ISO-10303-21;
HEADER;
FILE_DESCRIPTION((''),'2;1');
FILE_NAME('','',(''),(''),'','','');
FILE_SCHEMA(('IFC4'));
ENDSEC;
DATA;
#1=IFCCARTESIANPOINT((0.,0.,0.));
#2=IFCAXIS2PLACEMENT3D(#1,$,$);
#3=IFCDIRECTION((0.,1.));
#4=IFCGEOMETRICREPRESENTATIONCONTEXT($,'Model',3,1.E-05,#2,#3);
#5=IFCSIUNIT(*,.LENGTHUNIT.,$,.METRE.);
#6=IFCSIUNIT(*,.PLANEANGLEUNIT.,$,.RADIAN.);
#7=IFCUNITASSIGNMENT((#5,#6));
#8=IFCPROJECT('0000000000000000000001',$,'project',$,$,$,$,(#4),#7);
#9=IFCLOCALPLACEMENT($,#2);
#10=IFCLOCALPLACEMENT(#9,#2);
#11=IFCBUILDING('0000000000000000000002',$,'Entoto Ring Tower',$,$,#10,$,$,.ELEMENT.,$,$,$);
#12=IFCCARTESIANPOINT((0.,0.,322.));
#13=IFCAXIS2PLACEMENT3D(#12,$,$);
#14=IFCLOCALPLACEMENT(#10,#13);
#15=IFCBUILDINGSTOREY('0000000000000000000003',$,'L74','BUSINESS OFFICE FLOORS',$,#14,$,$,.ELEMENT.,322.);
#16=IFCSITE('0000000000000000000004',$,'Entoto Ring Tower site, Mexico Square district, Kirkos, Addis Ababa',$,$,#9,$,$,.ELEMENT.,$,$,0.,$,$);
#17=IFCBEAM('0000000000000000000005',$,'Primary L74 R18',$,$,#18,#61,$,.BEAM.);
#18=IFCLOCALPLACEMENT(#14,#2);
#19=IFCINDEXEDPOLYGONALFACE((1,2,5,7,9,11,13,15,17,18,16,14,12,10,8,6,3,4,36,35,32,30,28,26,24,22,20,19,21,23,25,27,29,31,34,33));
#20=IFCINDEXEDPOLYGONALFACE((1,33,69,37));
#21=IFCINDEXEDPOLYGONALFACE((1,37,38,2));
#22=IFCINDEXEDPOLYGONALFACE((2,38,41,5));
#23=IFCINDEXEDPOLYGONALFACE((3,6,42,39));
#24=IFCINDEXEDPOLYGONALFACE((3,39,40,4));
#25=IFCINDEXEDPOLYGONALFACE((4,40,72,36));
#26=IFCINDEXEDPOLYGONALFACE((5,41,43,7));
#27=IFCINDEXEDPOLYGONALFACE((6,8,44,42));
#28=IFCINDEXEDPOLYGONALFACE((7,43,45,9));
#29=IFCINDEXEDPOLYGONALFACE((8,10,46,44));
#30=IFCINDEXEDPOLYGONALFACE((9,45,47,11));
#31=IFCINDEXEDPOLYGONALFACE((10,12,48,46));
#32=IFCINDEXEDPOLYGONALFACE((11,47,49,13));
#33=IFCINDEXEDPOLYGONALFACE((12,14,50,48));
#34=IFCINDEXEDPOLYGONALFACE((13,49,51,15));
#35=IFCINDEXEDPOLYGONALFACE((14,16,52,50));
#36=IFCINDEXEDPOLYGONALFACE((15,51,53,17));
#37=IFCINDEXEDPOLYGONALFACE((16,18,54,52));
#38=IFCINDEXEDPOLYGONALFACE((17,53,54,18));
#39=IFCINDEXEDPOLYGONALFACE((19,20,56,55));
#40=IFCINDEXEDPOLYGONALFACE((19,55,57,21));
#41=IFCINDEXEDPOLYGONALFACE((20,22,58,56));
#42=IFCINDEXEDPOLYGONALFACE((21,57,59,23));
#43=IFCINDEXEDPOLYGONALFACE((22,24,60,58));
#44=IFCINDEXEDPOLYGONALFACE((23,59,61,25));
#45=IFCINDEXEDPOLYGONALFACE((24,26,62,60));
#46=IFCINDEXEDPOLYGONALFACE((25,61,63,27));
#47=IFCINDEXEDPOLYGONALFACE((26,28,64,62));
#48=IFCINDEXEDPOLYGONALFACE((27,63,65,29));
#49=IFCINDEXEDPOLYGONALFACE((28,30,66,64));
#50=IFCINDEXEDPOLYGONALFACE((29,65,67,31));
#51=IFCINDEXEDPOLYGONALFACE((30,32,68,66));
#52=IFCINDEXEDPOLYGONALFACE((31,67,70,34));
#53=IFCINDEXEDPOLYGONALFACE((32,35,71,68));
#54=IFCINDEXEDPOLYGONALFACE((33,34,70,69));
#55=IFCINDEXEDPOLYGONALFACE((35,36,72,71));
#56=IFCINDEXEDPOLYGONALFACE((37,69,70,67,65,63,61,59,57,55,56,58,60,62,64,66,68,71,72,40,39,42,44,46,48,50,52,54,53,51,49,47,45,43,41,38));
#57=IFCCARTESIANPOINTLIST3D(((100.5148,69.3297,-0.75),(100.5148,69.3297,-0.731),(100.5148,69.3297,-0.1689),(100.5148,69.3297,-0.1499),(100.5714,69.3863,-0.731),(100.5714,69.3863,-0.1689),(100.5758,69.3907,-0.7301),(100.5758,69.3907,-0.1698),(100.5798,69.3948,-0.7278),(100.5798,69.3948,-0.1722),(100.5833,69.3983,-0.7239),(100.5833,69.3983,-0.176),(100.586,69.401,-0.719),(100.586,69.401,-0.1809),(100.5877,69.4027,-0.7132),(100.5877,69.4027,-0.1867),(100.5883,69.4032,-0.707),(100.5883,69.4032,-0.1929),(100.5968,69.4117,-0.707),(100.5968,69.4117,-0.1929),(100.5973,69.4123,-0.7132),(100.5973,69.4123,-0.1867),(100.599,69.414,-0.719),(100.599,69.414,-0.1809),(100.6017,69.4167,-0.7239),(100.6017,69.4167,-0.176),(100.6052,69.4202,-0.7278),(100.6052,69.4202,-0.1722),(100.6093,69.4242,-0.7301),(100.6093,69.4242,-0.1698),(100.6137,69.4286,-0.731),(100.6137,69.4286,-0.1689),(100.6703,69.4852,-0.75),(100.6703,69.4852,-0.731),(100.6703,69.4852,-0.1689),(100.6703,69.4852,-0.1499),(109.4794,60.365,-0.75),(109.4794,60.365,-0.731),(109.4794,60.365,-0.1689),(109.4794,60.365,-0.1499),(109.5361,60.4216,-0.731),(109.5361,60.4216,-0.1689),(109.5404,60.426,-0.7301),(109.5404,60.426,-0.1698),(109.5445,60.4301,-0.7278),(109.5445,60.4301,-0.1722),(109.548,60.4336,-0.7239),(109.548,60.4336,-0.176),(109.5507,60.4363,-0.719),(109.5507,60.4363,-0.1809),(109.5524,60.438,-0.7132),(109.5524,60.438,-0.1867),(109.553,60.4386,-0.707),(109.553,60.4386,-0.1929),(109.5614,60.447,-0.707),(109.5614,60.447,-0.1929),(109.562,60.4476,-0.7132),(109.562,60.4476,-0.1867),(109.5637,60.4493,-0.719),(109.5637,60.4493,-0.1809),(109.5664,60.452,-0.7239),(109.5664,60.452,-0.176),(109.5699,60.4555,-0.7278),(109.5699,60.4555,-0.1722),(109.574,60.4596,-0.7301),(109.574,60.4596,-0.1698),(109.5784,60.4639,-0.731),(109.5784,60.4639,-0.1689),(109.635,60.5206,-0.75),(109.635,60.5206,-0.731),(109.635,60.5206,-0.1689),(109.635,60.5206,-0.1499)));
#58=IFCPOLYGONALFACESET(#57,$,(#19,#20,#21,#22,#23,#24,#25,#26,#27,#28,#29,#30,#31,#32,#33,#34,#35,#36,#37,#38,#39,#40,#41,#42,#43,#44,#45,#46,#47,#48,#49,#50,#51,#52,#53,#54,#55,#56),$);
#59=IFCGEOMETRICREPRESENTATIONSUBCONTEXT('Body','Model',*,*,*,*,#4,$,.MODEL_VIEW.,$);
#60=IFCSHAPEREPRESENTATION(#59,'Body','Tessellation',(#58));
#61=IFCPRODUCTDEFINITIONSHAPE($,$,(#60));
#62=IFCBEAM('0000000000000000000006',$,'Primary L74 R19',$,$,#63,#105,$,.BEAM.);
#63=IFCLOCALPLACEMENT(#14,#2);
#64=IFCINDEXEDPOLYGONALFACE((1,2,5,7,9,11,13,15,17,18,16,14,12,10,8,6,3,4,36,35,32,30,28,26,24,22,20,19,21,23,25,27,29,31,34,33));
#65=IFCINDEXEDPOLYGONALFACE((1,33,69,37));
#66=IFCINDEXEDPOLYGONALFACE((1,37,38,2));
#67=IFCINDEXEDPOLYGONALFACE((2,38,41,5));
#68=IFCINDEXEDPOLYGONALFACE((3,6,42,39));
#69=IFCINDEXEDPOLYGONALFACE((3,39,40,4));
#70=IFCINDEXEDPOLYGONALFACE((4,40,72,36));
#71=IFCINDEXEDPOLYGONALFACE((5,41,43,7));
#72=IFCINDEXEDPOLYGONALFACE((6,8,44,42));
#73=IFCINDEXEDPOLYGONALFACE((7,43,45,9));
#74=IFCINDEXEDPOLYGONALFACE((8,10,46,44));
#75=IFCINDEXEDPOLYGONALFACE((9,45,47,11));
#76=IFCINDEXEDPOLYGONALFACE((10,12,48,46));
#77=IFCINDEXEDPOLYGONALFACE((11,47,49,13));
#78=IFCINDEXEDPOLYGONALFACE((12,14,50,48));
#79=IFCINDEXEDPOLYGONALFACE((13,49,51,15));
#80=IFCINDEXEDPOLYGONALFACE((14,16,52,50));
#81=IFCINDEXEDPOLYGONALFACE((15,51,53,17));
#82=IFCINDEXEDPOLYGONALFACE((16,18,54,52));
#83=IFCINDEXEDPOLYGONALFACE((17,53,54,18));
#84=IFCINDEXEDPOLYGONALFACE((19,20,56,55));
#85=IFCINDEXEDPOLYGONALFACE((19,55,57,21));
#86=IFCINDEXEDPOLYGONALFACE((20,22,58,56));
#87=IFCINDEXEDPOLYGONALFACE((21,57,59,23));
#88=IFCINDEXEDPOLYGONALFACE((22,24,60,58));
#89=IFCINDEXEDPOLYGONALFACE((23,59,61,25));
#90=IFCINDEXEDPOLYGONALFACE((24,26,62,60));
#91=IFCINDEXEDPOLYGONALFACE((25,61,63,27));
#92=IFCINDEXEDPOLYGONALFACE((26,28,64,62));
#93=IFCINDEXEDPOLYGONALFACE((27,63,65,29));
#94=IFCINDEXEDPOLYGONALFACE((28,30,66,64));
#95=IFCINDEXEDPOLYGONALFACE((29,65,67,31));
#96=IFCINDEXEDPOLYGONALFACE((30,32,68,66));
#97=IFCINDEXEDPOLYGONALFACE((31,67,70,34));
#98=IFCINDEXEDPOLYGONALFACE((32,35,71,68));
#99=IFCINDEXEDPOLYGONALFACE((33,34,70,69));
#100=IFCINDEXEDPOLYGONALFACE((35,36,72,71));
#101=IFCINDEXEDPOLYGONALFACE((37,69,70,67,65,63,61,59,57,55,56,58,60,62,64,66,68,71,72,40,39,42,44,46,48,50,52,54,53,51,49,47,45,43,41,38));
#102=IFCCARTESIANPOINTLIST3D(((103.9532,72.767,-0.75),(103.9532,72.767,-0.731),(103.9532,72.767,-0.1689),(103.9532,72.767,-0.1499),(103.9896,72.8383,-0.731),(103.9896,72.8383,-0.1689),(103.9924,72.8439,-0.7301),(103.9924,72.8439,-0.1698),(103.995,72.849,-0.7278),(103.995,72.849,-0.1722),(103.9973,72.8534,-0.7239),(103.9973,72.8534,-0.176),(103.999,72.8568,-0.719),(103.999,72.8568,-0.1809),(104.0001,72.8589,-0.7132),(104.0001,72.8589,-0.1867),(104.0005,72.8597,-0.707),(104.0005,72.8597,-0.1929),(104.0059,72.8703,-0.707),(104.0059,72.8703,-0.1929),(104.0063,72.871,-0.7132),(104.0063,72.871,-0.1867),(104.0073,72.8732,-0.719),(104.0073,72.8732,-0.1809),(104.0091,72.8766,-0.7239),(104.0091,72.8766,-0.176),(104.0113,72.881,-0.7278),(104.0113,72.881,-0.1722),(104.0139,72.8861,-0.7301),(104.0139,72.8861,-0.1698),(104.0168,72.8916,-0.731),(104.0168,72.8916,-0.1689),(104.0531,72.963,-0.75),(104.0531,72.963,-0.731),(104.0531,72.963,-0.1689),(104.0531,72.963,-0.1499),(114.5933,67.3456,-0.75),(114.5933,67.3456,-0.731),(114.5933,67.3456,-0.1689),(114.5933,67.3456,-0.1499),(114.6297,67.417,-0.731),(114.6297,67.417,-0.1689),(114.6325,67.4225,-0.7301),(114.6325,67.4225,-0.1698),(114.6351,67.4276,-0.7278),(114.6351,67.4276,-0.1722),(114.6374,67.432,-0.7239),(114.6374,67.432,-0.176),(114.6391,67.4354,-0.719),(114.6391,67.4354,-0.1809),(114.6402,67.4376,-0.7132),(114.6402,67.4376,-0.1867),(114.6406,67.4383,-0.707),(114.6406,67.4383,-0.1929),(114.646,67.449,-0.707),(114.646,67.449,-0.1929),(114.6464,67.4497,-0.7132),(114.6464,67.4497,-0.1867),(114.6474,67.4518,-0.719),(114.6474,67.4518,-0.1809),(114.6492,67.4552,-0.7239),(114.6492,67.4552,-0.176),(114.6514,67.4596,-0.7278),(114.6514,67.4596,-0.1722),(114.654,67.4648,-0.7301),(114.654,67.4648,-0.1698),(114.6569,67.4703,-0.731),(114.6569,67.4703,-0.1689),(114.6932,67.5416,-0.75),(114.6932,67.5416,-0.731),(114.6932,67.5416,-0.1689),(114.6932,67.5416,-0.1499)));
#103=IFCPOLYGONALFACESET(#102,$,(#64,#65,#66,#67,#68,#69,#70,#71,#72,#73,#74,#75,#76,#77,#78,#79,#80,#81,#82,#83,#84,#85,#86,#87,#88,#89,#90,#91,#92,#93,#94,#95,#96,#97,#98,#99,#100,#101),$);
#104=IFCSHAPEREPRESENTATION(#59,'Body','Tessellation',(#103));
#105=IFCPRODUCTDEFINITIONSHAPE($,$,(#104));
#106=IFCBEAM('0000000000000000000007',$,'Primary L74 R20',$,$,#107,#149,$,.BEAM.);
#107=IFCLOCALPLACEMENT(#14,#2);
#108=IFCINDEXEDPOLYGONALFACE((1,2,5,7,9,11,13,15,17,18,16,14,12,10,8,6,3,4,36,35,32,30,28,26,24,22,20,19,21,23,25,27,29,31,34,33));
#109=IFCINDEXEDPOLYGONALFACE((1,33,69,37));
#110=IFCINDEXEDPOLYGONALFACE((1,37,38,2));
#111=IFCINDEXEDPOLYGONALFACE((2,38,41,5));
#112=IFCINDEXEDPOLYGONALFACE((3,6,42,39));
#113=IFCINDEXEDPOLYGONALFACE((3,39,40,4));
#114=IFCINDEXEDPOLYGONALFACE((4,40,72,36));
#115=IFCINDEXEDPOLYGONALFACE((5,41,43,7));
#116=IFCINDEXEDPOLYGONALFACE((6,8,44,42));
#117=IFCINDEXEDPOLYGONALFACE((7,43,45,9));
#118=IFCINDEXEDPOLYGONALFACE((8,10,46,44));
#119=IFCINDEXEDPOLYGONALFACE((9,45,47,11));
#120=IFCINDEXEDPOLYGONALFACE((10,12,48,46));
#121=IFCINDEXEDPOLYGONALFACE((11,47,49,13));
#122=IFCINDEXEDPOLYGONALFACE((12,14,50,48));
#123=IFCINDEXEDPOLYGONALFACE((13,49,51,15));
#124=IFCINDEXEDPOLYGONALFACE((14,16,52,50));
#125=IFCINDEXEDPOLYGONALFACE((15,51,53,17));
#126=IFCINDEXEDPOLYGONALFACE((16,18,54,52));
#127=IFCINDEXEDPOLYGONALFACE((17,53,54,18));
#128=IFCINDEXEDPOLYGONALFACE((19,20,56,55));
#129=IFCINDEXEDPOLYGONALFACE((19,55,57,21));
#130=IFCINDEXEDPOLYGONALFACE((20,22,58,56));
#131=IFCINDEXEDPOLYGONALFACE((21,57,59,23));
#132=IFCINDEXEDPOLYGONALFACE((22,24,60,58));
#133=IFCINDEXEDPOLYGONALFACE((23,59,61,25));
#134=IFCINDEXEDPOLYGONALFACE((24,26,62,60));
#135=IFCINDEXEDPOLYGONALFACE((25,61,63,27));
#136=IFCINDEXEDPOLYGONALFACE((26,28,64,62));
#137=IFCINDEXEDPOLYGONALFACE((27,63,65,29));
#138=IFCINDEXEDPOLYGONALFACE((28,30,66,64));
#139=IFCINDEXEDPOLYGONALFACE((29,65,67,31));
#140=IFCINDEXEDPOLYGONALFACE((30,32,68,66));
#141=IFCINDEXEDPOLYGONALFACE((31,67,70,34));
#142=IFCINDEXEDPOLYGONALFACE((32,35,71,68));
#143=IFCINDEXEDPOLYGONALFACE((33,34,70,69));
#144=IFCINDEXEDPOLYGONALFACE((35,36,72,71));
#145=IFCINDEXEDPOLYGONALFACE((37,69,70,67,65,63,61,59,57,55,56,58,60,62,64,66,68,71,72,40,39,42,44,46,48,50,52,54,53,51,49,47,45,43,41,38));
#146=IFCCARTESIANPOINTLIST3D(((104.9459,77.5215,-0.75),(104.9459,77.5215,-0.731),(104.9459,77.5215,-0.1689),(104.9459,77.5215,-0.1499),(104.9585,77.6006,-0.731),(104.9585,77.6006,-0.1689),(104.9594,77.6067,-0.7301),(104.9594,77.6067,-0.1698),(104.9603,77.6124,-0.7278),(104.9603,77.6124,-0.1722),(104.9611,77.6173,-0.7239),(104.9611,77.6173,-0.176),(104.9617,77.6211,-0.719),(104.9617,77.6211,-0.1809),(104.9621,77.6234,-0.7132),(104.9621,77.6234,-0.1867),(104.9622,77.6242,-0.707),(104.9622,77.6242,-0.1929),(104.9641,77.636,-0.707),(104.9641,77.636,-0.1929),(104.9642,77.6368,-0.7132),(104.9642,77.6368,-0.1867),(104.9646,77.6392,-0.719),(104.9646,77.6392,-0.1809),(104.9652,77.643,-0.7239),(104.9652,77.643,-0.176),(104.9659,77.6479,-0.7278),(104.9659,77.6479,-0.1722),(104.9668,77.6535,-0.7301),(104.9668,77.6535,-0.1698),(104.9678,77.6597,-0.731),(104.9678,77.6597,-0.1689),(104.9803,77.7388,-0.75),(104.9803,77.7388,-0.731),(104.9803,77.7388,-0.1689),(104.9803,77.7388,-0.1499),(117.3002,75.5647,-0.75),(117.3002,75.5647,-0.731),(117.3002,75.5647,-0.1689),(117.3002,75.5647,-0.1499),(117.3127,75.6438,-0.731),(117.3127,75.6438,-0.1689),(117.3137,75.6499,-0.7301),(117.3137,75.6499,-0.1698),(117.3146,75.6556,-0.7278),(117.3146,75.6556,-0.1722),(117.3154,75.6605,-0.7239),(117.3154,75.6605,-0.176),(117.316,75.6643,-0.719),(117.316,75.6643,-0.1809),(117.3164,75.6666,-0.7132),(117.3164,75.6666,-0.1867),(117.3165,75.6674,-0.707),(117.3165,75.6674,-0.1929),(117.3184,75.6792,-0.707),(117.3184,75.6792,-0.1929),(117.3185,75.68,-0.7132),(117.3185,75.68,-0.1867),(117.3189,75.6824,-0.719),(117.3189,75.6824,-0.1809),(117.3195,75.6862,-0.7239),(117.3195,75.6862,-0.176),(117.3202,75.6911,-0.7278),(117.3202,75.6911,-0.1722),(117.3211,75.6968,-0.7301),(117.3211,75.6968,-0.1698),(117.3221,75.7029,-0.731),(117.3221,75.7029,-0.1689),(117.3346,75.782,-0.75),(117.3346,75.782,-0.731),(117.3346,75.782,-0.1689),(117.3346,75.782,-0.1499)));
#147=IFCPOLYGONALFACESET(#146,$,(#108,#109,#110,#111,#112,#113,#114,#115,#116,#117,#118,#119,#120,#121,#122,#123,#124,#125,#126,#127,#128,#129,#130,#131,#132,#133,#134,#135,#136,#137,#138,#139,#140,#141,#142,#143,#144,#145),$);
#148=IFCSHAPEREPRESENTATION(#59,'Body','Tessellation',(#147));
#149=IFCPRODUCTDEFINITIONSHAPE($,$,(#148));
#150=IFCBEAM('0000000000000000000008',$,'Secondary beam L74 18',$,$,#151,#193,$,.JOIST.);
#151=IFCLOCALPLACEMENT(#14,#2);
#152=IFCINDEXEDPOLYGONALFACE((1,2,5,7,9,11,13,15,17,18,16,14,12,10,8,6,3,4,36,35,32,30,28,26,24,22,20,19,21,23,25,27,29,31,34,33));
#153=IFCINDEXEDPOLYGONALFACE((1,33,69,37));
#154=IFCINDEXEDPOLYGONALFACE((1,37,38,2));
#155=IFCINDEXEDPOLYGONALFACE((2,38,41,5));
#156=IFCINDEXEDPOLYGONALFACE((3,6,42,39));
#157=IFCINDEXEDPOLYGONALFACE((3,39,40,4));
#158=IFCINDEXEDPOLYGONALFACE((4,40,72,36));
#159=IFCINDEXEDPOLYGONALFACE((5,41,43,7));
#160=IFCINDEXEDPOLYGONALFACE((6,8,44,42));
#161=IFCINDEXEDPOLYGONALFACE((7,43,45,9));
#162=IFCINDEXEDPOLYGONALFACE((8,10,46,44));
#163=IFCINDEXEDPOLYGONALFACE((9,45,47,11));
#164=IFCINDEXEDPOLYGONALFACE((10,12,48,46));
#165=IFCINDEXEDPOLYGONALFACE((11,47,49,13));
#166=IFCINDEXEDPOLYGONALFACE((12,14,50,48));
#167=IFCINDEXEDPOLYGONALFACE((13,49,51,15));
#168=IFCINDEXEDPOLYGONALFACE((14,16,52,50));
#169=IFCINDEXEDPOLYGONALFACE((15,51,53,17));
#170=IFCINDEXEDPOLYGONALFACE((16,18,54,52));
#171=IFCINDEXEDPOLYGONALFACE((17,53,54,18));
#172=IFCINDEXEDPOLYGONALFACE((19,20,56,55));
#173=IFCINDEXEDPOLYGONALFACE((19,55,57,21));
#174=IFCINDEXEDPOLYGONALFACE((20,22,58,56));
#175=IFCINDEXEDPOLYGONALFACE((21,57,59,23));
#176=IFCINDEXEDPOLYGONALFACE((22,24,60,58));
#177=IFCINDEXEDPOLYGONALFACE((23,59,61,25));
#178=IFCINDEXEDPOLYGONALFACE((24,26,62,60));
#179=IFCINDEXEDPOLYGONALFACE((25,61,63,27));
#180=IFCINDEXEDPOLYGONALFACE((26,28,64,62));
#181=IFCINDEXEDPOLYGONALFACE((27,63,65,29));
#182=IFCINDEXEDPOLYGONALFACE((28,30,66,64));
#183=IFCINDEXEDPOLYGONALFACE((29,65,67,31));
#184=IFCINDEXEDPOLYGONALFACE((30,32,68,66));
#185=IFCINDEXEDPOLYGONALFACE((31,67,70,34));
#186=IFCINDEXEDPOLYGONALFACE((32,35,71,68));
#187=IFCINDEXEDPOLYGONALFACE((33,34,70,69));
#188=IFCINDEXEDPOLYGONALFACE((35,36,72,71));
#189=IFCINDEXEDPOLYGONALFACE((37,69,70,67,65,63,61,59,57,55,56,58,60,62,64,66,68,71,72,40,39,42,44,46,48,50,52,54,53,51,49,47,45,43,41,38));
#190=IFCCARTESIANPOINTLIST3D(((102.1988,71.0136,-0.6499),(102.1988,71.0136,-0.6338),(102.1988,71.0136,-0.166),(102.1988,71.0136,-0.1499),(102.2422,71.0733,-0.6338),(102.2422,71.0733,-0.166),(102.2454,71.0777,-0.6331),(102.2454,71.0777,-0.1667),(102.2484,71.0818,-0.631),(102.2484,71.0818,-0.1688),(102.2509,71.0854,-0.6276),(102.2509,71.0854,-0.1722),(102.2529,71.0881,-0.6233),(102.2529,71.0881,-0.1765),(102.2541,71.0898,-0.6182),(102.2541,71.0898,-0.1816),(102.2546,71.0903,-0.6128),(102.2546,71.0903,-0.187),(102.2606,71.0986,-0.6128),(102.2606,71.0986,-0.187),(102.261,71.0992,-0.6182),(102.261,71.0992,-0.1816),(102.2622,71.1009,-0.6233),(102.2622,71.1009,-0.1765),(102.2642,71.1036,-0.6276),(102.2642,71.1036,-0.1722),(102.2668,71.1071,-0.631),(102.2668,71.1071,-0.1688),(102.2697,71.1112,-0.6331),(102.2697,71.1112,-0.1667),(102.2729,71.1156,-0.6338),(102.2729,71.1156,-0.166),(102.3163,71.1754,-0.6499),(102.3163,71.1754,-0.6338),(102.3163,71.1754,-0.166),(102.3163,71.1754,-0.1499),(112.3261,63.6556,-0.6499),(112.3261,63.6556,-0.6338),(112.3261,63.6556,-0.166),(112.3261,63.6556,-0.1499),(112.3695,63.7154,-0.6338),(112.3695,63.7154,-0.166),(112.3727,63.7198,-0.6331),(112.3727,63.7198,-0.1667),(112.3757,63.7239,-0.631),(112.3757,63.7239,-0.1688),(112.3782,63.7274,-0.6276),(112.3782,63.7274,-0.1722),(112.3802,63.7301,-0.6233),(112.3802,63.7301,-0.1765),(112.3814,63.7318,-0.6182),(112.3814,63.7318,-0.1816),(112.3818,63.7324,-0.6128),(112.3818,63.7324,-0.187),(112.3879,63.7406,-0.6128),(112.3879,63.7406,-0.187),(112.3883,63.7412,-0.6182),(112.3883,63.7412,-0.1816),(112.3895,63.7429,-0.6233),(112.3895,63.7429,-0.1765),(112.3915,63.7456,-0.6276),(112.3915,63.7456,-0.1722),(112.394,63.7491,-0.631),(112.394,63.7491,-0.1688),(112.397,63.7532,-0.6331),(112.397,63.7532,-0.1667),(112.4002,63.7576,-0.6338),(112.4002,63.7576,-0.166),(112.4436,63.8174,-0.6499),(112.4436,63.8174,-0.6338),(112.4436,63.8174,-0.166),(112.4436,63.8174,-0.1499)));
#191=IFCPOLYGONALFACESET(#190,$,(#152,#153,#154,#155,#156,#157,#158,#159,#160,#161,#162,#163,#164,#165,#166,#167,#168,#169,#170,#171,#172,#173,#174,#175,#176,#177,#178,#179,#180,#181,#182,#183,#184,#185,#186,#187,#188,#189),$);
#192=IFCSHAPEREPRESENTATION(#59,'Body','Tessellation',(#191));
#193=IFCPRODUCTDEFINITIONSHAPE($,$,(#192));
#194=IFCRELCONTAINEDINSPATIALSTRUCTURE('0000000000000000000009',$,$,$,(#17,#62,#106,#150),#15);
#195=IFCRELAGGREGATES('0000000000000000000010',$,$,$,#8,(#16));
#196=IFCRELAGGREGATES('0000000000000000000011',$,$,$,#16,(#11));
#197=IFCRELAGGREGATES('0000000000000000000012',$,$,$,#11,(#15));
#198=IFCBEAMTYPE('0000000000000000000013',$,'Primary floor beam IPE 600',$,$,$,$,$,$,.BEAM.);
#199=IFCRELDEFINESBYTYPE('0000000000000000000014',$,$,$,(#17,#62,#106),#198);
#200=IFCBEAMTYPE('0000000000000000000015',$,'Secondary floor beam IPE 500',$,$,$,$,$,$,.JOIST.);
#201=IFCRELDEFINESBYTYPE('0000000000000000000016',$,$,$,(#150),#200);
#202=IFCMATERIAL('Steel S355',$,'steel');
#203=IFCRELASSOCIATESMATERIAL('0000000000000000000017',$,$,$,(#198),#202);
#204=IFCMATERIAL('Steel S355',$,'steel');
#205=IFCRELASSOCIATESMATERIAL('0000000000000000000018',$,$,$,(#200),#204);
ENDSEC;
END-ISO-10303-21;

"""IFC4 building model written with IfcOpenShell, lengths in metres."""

from ifc_helpers import new_model, si_unit, direction, frame, origin, origin_2d, place, context, subcontext, project, spatial, i_section, extrude, material, material_profile, profile_set, type_object, element, save


model = new_model("IFC4")

# Units and contexts
model_context = context("Model", 3, precision=1e-05, world=origin(), true_north=direction((0.0, 1.0)))
body_context = subcontext(model_context, "Body", "Model", "MODEL_VIEW")
ifc_project = project(units=[si_unit("LENGTHUNIT", "METRE"), si_unit("PLANEANGLEUNIT", "RADIAN")], contexts=[model_context])

# Site, building, storey
site_placement = place(None, origin())
site = spatial("IfcSite", under=ifc_project, at=site_placement, Name="Entoto Ring Tower site, Mexico Square district, Kirkos, Addis Ababa", CompositionType="ELEMENT", RefElevation=0.0)
building_placement = place(site_placement, origin())
building = spatial("IfcBuilding", under=site, at=building_placement, Name="Entoto Ring Tower", CompositionType="ELEMENT")
storey_placement = place(building_placement, frame((0.0, 0.0, 322.0)))
storey = spatial("IfcBuildingStorey", under=building, at=storey_placement, Name="L74", Description="BUSINESS OFFICE FLOORS", CompositionType="ELEMENT", Elevation=322.0)

# Beams
ifc_material_1 = material(Name="Steel S355", Category="steel")
ifc_material_profile_1 = material_profile(ifc_material_1, i_section(OverallWidth=0.22, OverallDepth=0.6001, WebThickness=0.012, FlangeThickness=0.019, FilletRadius=0.0239, at=origin_2d()), Name="IPE 600")
ifc_profile_set_1 = profile_set([ifc_material_profile_1], Name="Steel S355")
beam_type_1 = type_object("IfcBeamType", Name="Primary floor beam IPE 600", PredefinedType="BEAM", material=ifc_profile_set_1)
beam_1_placement = place(storey_placement, frame((100.5925, 69.4075, -0.45), z_axis=(0.707107, -0.707107, 0.0), x_axis=(0.707107, 0.707107, 0.0)))
element("IfcBeam", 1, at=beam_1_placement, inside=storey, type_object=beam_type_1, Name="Primary L74 R18", PredefinedType="BEAM", context=body_context, shape_type="SweptSolid", body=[
    extrude(i_section(OverallWidth=0.22, OverallDepth=0.6001, WebThickness=0.012, FlangeThickness=0.019, FilletRadius=0.0239, at=origin_2d()), origin(), (0.0, 0.0, 1.0), 12.678),
])
beam_2_placement = place(storey_placement, frame((104.0032, 72.865, -0.45), z_axis=(0.891008, -0.453988, 0.0), x_axis=(0.453988, 0.891008, 0.0)))
element("IfcBeam", 2, at=beam_2_placement, inside=storey, type_object=beam_type_1, Name="Primary L74 R19", PredefinedType="BEAM", context=body_context, shape_type="SweptSolid", body=[
    extrude(i_section(OverallWidth=0.22, OverallDepth=0.6001, WebThickness=0.012, FlangeThickness=0.019, FilletRadius=0.0239, at=origin_2d()), origin(), (0.0, 0.0, 1.0), 11.9417),
])
beam_3_placement = place(storey_placement, frame((104.9631, 77.6301, -0.45), z_axis=(0.987688, -0.15644, 0.0), x_axis=(0.15644, 0.987688, 0.0)))
element("IfcBeam", 3, at=beam_3_placement, inside=storey, type_object=beam_type_1, Name="Primary L74 R20", PredefinedType="BEAM", context=body_context, shape_type="SweptSolid", body=[
    extrude(i_section(OverallWidth=0.22, OverallDepth=0.6001, WebThickness=0.012, FlangeThickness=0.019, FilletRadius=0.0239, at=origin_2d()), origin(), (0.0, 0.0, 1.0), 12.5083),
])
ifc_material_2 = material(Name="Steel S355", Category="steel")
ifc_material_profile_2 = material_profile(ifc_material_2, i_section(OverallWidth=0.2, OverallDepth=0.5, WebThickness=0.0103, FlangeThickness=0.0161, FilletRadius=0.021, at=origin_2d()), Name="IPE 500")
ifc_profile_set_2 = profile_set([ifc_material_profile_2], Name="Steel S355")
beam_type_2 = type_object("IfcBeamType", Name="Secondary floor beam IPE 500", PredefinedType="JOIST", material=ifc_profile_set_2)
beam_4_placement = place(storey_placement, frame((102.2576, 71.0945, -0.3999), z_axis=(0.809014, -0.587789, 0.0), x_axis=(0.587789, 0.809014, 0.0)))
element("IfcBeam", 4, at=beam_4_placement, inside=storey, type_object=beam_type_2, Name="Secondary beam L74 18", PredefinedType="JOIST", context=body_context, shape_type="SweptSolid", body=[
    extrude(i_section(OverallWidth=0.2, OverallDepth=0.5, WebThickness=0.0103, FlangeThickness=0.0161, FilletRadius=0.021, at=origin_2d()), origin(), (0.0, 0.0, 1.0), 12.5181),
])

save(model, "model.ifc")
